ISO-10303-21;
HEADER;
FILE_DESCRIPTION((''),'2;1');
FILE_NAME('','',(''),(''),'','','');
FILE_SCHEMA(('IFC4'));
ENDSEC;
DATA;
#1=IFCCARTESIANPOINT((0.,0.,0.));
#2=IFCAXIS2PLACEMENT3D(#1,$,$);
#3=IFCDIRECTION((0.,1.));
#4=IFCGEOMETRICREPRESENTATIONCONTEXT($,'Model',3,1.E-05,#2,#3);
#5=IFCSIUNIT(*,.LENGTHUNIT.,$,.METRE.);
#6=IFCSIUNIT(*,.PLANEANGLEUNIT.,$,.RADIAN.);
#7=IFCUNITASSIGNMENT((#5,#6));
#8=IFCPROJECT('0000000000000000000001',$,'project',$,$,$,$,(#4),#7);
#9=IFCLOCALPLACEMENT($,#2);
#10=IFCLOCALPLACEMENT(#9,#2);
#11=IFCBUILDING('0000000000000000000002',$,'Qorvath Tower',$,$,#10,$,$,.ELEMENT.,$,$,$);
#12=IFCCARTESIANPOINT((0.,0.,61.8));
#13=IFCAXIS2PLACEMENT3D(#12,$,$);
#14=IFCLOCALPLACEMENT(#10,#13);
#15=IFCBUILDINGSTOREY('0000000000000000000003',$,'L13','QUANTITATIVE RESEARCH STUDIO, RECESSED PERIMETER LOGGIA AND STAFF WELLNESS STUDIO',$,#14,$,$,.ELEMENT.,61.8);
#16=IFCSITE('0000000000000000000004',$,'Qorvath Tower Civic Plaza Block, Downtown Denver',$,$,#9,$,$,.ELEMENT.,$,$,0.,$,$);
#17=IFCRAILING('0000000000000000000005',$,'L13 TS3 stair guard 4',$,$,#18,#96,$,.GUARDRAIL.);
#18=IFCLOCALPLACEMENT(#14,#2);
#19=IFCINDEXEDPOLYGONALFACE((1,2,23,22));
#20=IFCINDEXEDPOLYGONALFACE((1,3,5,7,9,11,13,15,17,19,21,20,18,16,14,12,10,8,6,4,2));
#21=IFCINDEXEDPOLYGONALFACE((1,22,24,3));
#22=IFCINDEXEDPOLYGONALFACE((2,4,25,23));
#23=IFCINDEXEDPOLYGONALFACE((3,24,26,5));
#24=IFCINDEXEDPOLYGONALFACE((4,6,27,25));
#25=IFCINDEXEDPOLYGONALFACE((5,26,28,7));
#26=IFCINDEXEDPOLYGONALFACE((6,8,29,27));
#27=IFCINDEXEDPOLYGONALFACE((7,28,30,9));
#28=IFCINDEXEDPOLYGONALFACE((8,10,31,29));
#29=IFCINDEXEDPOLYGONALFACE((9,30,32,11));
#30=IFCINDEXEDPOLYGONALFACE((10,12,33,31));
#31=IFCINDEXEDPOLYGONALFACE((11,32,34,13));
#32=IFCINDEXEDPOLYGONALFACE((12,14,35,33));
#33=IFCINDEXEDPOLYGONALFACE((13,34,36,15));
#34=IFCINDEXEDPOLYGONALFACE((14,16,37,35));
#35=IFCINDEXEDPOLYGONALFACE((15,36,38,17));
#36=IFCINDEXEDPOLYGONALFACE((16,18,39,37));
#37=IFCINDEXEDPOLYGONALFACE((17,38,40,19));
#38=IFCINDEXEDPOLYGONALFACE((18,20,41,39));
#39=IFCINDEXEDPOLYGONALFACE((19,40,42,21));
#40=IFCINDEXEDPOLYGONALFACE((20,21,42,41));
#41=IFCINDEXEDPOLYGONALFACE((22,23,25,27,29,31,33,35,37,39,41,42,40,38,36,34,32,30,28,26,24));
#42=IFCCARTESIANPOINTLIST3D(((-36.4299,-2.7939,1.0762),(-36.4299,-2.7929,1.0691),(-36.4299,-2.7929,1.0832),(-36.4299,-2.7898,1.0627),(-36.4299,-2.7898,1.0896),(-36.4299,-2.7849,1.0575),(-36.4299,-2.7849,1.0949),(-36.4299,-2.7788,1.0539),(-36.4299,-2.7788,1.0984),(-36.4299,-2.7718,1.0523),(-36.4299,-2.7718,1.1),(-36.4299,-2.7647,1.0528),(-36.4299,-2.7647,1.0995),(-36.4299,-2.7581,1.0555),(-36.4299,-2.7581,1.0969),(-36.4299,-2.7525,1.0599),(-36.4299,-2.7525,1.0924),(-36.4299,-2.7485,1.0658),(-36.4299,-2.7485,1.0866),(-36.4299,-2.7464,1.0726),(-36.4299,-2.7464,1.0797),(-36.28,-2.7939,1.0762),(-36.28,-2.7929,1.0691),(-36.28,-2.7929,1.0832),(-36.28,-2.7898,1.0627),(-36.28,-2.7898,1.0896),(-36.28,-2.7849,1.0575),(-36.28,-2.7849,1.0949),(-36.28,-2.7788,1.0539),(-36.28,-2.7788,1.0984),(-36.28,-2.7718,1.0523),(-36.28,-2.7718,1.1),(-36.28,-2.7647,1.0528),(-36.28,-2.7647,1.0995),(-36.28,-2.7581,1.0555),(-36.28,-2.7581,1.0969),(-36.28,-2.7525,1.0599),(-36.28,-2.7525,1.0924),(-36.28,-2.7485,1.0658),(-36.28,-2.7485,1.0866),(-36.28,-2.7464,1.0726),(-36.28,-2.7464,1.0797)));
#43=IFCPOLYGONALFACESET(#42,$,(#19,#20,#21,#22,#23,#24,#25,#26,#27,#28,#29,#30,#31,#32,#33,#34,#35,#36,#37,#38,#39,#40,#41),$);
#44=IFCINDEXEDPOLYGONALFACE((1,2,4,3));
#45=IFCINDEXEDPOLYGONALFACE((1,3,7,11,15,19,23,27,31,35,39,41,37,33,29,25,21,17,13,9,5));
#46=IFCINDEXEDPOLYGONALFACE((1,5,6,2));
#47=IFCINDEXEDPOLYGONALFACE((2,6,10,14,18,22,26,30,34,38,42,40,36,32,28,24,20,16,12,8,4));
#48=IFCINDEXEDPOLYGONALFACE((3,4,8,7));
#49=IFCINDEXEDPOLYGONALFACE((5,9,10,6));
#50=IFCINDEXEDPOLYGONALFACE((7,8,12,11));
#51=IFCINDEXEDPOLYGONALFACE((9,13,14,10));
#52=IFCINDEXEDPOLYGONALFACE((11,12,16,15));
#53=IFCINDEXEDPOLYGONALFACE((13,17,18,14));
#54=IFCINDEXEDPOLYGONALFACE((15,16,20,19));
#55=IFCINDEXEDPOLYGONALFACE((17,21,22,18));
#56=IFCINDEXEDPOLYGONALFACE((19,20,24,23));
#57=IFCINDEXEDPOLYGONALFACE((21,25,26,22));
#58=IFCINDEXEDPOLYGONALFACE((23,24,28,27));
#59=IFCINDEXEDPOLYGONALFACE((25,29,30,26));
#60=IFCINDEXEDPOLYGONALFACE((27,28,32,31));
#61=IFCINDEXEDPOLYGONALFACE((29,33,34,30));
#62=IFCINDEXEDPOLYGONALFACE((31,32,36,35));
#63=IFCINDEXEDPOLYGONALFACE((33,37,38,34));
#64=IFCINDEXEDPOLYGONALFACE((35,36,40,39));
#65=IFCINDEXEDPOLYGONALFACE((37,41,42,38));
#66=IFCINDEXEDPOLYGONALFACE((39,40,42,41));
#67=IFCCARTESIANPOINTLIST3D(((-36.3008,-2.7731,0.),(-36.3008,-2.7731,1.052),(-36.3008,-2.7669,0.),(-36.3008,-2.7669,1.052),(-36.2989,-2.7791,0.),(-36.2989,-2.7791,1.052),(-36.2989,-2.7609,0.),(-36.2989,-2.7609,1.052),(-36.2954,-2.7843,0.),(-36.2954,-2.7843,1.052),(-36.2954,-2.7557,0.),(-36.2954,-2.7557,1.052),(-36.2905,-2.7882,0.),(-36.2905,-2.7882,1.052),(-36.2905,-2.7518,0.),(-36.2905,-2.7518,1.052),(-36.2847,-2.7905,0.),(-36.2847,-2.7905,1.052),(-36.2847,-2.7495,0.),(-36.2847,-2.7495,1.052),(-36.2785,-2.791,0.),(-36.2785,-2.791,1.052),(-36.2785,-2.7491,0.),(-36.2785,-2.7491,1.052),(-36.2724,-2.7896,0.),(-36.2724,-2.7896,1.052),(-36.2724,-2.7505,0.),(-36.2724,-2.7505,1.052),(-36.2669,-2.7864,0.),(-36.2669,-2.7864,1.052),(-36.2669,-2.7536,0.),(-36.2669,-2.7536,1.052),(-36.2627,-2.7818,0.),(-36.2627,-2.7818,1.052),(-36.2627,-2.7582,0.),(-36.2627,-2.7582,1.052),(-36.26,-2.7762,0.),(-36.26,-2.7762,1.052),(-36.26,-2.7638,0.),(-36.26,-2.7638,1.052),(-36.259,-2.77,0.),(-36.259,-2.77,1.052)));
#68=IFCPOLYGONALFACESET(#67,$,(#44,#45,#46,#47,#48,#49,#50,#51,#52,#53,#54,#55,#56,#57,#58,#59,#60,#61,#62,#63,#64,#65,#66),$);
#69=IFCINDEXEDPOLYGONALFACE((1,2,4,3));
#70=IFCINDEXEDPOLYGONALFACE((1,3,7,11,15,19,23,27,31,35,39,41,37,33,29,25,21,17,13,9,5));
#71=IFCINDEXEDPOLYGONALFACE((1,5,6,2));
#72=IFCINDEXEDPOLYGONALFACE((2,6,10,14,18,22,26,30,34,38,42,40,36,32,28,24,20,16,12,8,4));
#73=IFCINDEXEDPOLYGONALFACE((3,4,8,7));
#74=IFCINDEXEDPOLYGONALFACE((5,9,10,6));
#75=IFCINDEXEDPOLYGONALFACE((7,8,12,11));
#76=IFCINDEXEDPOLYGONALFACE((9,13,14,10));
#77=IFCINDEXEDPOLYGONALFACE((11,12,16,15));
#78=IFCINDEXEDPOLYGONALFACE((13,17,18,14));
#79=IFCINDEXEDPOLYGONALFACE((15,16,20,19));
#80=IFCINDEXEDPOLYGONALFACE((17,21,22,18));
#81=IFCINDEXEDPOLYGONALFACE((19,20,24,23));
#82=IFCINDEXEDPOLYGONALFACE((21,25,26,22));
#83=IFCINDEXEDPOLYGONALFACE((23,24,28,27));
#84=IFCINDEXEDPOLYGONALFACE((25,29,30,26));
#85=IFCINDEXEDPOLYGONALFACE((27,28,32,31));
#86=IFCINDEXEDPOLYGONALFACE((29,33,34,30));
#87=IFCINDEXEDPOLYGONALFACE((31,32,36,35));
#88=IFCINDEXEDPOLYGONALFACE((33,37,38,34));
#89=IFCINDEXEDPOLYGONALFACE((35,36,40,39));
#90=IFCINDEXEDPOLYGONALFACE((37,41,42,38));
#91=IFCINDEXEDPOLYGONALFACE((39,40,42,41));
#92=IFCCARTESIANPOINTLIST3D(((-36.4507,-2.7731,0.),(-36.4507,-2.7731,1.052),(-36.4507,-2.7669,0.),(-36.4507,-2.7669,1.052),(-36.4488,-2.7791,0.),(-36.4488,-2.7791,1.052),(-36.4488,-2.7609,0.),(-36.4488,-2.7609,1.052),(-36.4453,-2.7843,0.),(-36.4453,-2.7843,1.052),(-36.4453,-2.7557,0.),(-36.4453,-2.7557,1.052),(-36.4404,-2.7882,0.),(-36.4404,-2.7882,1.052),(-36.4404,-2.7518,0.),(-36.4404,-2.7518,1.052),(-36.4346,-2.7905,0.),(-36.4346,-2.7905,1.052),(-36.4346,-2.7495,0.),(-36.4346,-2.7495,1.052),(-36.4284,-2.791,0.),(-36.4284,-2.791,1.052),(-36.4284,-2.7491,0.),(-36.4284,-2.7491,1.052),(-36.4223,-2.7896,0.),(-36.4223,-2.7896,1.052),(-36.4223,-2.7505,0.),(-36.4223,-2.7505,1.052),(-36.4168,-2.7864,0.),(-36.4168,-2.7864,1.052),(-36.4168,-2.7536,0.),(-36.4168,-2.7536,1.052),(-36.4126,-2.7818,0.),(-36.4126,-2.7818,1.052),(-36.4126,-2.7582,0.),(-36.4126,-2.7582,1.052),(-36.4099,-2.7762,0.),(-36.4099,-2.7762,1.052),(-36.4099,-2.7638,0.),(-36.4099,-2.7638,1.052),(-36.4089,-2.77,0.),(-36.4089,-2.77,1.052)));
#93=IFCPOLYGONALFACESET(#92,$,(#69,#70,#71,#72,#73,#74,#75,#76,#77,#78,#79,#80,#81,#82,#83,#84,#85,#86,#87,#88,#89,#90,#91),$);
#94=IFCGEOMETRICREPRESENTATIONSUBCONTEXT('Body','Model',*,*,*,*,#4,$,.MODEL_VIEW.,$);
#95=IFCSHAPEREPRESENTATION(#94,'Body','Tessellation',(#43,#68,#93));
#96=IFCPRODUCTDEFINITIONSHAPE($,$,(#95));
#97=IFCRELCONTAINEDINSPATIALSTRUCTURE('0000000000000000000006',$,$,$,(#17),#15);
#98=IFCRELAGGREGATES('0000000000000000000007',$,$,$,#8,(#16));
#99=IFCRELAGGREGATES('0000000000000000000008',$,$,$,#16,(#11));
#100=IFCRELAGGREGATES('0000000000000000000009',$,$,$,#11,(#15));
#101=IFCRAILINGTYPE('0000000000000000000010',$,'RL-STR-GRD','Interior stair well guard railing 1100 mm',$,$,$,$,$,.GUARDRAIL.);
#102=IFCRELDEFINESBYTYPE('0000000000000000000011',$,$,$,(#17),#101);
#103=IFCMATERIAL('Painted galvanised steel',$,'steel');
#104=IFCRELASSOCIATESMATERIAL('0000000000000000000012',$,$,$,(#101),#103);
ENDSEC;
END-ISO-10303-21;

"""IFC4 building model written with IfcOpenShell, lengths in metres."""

from ifc_helpers import new_model, si_unit, direction, frame, origin, origin_2d, place, context, subcontext, project, spatial, circle, extrude, material, type_object, element, save


model = new_model("IFC4")

# Units and contexts
model_context = context("Model", 3, precision=1e-05, world=origin(), true_north=direction((0.0, 1.0)))
body_context = subcontext(model_context, "Body", "Model", "MODEL_VIEW")
ifc_project = project(units=[si_unit("LENGTHUNIT", "METRE"), si_unit("PLANEANGLEUNIT", "RADIAN")], contexts=[model_context])

# Site, building, storey
site_placement = place(None, origin())
site = spatial("IfcSite", under=ifc_project, at=site_placement, Name="Qorvath Tower Civic Plaza Block, Downtown Denver", CompositionType="ELEMENT", RefElevation=0.0)
building_placement = place(site_placement, origin())
building = spatial("IfcBuilding", under=site, at=building_placement, Name="Qorvath Tower", CompositionType="ELEMENT")
storey_placement = place(building_placement, frame((0.0, 0.0, 61.8)))
storey = spatial("IfcBuildingStorey", under=building, at=storey_placement, Name="L13", Description="QUANTITATIVE RESEARCH STUDIO, RECESSED PERIMETER LOGGIA AND STAFF WELLNESS STUDIO", CompositionType="ELEMENT", Elevation=61.8)

# Railing
ifc_material_1 = material(Name="Painted galvanised steel", Category="steel")
railing_type_1 = type_object("IfcRailingType", Name="RL-STR-GRD", Description="Interior stair well guard railing 1100 mm", PredefinedType="GUARDRAIL", material=ifc_material_1)
railing_1_placement = place(storey_placement, frame((-36.28, -2.77, 0.0)))
element("IfcRailing", 1, at=railing_1_placement, inside=storey, type_object=railing_type_1, Name="L13 TS3 stair guard 4", PredefinedType="GUARDRAIL", context=body_context, shape_type="SweptSolid", body=[
    extrude(circle(Radius=0.0239, at=origin_2d()), frame((0.0, 0.0, 1.0762), z_axis=(-1.0, 0.0, 0.0), x_axis=(0.0, -1.0, 0.0)), (0.0, 0.0, 1.0), 0.1499),
    extrude(circle(Radius=0.021, at=origin_2d()), origin(), (0.0, 0.0, 1.0), 1.052),
    extrude(circle(Radius=0.021, at=origin_2d()), frame((-0.1499, 0.0, 0.0)), (0.0, 0.0, 1.0), 1.052),
])

save(model, "model.ifc")
